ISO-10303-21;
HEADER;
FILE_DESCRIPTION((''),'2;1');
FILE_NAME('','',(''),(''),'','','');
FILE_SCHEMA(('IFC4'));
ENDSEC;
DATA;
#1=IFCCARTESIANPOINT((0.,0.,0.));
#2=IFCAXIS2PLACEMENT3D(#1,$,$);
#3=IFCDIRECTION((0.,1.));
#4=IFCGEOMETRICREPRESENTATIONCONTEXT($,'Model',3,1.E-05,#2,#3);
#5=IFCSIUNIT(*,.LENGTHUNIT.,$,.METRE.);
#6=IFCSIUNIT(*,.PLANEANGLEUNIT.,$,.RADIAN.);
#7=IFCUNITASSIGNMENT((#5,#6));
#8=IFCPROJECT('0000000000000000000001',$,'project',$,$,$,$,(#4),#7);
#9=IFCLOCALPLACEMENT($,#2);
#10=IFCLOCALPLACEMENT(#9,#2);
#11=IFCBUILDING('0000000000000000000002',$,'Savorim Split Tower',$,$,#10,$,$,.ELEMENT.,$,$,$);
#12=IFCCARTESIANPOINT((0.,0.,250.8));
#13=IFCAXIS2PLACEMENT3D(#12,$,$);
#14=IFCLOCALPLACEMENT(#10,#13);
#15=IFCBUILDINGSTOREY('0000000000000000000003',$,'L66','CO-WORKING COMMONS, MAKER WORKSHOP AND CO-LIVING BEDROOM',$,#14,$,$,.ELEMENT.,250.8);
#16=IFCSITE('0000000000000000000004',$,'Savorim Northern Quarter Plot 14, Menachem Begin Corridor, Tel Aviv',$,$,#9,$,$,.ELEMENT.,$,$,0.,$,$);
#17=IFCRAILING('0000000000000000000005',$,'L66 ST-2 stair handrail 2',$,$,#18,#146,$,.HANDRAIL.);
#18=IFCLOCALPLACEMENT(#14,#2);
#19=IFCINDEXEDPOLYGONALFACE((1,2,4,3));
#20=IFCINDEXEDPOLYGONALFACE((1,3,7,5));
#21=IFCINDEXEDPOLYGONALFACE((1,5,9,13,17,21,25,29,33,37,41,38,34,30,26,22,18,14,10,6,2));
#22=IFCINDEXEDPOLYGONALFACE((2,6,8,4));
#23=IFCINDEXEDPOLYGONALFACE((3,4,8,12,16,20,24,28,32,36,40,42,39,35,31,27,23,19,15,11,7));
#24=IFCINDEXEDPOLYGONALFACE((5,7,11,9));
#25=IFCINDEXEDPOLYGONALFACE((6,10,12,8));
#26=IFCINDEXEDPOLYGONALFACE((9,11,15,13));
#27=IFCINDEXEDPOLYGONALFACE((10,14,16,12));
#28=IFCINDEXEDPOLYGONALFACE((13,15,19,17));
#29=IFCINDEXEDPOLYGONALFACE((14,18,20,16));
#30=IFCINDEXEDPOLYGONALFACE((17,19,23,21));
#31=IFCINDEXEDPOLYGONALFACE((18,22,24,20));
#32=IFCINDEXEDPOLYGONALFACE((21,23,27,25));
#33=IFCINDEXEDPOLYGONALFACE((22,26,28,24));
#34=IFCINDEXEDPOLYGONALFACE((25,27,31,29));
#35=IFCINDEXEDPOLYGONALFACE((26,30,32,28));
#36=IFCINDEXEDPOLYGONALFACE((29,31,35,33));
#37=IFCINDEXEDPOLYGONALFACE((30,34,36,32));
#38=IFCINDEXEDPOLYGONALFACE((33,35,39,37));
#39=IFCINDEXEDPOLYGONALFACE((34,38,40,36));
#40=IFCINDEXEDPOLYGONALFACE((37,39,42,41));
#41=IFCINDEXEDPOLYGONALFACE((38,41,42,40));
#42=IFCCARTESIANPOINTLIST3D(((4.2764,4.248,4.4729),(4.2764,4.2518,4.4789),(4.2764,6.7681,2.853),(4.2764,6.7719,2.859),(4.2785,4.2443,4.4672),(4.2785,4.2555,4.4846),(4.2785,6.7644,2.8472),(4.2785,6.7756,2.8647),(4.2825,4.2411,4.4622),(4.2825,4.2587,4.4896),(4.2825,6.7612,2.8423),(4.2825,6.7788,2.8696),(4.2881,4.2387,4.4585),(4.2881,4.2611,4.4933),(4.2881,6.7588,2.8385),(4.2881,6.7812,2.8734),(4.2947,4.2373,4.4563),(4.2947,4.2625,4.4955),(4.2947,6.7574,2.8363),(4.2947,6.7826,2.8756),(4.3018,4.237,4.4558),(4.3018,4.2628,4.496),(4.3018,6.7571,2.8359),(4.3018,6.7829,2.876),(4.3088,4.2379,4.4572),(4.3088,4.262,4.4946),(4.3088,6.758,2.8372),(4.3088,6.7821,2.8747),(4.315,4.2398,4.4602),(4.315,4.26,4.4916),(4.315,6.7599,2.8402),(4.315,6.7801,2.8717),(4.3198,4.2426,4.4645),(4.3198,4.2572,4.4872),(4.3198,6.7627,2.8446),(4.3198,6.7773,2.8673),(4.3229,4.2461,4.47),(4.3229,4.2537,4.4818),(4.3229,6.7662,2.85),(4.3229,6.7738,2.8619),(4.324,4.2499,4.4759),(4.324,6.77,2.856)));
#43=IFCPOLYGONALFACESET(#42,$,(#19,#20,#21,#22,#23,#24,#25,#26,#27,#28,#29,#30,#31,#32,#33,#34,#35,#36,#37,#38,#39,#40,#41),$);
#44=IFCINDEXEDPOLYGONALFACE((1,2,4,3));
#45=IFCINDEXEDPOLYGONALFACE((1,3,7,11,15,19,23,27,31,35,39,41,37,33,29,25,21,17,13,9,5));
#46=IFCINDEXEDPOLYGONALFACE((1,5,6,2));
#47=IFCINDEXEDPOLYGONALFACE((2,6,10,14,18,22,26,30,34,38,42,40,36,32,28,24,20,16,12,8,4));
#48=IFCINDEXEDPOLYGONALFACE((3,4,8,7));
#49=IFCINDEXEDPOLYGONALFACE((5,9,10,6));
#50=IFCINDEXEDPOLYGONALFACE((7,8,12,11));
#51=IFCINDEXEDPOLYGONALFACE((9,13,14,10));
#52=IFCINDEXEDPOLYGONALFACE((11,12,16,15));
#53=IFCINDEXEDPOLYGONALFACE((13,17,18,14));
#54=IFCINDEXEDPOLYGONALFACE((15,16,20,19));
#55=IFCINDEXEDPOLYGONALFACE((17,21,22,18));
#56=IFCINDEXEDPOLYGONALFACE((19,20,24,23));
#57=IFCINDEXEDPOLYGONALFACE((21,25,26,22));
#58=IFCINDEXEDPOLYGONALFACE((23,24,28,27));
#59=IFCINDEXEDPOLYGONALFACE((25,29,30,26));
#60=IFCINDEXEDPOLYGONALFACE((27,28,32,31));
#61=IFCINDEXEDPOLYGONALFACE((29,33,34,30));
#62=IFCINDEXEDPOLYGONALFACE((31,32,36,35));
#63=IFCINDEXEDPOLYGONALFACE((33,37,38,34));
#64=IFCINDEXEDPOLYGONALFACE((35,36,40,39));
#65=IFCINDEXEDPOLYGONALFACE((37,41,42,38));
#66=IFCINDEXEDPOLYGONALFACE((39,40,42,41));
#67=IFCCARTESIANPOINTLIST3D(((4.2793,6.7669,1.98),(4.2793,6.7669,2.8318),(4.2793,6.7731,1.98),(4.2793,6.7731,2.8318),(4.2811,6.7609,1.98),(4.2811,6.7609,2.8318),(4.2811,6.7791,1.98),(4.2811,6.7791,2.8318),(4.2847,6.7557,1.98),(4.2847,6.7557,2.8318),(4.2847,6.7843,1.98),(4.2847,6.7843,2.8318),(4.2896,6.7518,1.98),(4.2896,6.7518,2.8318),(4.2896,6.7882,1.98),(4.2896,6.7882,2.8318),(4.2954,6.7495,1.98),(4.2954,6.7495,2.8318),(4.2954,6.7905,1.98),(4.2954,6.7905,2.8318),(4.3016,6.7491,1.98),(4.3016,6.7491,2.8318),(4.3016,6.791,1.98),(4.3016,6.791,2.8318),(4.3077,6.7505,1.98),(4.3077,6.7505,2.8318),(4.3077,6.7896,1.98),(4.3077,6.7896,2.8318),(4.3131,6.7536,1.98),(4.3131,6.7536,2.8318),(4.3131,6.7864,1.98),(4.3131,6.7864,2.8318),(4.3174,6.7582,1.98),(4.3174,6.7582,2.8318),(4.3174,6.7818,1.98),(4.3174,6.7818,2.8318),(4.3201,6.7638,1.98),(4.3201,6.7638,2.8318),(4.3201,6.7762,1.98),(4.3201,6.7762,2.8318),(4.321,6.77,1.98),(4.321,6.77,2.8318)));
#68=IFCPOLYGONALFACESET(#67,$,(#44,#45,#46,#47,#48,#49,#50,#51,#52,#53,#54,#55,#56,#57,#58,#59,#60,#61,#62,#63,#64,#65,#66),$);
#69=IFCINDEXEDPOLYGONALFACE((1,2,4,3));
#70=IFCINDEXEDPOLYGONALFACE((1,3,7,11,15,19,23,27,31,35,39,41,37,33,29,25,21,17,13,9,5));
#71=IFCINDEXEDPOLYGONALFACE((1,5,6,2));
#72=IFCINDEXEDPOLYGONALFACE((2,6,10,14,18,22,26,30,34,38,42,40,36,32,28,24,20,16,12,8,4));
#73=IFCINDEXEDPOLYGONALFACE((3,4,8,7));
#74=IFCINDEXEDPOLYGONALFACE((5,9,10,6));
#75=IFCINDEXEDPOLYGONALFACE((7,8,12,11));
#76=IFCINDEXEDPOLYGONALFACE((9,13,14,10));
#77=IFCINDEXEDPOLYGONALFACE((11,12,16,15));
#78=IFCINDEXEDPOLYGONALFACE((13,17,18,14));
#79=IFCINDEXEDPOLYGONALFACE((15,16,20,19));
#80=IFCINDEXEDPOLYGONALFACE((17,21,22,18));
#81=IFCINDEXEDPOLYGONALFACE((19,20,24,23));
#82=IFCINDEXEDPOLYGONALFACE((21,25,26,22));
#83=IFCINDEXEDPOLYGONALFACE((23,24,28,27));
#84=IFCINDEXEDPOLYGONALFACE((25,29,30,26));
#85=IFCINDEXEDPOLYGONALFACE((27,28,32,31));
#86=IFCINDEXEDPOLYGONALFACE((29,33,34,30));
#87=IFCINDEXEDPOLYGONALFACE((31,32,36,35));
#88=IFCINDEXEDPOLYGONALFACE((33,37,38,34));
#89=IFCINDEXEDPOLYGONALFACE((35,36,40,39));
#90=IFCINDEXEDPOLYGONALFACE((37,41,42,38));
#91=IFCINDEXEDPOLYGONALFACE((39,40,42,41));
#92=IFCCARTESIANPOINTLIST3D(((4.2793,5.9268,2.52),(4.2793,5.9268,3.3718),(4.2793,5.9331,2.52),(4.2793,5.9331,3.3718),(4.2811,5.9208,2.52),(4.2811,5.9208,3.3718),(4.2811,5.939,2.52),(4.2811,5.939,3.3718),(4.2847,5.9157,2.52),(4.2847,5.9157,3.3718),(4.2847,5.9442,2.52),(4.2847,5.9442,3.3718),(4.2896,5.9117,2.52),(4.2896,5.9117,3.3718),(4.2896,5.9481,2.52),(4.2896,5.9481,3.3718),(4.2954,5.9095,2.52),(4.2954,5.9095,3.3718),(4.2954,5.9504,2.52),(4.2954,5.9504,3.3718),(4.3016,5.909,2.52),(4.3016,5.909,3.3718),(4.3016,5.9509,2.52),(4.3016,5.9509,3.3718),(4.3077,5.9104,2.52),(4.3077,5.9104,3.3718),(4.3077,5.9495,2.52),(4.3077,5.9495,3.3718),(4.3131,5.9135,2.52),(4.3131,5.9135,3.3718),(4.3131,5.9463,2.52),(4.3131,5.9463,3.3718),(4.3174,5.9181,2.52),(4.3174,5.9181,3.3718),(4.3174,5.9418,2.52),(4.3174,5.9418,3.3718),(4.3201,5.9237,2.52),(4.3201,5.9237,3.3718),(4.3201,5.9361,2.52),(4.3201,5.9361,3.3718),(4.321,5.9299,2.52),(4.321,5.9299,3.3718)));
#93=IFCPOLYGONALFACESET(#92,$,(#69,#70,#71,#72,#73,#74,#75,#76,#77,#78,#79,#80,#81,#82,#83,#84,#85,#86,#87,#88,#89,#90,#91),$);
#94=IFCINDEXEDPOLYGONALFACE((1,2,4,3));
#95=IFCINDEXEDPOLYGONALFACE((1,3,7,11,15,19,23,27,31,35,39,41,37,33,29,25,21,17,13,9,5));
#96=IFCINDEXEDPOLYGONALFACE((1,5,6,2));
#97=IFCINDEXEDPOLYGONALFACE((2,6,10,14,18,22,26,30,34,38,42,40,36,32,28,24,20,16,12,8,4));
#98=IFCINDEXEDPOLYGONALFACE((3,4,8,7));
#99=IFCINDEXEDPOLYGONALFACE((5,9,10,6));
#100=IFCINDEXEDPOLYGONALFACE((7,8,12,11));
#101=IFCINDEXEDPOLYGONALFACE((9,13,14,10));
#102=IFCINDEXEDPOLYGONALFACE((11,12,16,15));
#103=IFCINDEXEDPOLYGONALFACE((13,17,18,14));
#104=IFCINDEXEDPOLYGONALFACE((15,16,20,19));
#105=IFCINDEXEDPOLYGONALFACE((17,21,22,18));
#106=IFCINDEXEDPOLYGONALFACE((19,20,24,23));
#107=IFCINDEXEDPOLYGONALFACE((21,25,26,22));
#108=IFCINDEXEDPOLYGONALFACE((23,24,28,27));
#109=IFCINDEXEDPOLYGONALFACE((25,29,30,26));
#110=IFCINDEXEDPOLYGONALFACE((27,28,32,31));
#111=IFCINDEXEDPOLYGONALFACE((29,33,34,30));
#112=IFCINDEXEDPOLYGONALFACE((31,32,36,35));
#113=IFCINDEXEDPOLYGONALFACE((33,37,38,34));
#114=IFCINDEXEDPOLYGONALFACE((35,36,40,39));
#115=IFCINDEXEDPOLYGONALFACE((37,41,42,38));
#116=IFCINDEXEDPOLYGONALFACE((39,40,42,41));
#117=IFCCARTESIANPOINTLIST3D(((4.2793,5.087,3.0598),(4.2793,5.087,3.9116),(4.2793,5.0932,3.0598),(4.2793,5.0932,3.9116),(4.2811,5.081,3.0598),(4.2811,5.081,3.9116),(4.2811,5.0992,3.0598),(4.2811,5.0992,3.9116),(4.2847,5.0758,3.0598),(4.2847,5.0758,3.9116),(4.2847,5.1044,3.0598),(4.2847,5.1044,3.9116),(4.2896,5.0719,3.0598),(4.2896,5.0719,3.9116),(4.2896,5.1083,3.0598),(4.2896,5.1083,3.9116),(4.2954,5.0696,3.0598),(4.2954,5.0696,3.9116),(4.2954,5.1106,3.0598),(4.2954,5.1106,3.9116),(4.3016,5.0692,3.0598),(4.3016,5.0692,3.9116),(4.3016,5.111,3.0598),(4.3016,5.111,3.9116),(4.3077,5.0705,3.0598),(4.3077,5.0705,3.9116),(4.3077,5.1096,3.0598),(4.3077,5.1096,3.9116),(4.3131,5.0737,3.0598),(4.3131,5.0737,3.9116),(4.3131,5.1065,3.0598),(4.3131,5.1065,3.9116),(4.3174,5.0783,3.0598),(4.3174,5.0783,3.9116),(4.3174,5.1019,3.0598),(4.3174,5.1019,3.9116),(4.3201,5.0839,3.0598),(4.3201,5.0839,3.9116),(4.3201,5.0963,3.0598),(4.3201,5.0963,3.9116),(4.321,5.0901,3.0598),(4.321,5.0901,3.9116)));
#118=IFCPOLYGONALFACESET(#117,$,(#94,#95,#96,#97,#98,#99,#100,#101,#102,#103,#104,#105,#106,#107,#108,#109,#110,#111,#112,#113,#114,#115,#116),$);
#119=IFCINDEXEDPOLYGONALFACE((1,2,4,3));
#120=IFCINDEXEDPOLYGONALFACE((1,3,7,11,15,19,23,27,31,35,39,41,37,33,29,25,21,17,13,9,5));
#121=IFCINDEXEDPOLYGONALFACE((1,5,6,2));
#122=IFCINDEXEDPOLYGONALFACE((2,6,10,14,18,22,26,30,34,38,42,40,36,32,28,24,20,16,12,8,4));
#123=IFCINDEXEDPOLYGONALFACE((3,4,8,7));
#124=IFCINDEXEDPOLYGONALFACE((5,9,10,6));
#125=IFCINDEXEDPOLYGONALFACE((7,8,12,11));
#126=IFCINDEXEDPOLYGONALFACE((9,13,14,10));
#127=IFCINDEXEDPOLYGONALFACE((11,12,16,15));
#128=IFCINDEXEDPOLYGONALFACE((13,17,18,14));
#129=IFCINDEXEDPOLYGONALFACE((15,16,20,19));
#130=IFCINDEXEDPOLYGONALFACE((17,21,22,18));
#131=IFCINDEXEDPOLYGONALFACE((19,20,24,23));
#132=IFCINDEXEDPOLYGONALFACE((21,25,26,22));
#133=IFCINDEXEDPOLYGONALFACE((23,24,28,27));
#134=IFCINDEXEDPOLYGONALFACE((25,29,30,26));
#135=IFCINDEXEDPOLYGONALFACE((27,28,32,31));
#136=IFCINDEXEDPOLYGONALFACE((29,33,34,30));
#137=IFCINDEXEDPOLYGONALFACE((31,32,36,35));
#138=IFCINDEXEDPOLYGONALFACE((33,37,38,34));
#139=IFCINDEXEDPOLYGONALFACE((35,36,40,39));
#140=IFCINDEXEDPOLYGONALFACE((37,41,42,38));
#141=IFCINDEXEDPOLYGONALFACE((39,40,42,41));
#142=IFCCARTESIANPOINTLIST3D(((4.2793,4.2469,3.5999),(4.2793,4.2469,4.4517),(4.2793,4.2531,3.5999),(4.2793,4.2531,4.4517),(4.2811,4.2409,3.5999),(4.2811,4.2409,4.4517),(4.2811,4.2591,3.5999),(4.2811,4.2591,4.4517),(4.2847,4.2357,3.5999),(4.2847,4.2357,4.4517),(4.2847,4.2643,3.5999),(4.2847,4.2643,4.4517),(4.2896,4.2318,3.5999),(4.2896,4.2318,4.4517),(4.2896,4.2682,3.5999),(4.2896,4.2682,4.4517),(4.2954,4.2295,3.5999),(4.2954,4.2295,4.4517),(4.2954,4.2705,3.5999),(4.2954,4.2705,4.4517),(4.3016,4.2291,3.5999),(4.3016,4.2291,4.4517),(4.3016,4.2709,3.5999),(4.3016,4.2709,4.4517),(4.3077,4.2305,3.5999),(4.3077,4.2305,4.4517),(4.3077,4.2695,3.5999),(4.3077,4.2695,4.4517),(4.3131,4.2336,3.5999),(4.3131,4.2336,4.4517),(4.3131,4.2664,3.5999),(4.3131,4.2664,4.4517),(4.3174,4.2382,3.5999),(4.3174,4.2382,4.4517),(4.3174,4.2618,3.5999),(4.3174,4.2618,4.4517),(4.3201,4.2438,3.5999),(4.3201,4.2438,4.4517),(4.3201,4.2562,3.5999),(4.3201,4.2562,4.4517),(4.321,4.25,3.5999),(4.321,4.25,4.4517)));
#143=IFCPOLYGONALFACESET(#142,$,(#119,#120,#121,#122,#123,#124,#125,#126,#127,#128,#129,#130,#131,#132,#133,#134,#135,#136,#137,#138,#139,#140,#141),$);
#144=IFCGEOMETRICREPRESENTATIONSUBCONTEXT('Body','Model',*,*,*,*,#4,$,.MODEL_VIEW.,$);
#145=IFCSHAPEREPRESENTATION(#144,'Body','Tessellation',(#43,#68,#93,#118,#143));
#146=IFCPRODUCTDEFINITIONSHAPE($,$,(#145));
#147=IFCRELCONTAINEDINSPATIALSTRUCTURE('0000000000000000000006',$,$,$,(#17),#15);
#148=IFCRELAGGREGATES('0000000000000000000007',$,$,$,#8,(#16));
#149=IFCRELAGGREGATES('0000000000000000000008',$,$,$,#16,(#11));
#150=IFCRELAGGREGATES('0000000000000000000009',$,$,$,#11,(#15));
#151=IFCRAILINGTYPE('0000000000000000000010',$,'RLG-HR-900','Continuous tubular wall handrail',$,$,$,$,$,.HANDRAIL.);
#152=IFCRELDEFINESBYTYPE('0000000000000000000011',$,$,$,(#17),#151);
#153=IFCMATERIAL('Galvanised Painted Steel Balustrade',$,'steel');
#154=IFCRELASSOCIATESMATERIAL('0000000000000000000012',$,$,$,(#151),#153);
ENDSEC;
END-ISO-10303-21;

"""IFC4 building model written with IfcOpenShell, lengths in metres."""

from ifc_helpers import new_model, si_unit, direction, frame, origin, origin_2d, place, context, subcontext, project, spatial, circle, extrude, material, type_object, element, save


model = new_model("IFC4")

# Units and contexts
model_context = context("Model", 3, precision=1e-05, world=origin(), true_north=direction((0.0, 1.0)))
body_context = subcontext(model_context, "Body", "Model", "MODEL_VIEW")
ifc_project = project(units=[si_unit("LENGTHUNIT", "METRE"), si_unit("PLANEANGLEUNIT", "RADIAN")], contexts=[model_context])

# Site, building, storey
site_placement = place(None, origin())
site = spatial("IfcSite", under=ifc_project, at=site_placement, Name="Savorim Northern Quarter Plot 14, Menachem Begin Corridor, Tel Aviv", CompositionType="ELEMENT", RefElevation=0.0)
building_placement = place(site_placement, origin())
building = spatial("IfcBuilding", under=site, at=building_placement, Name="Savorim Split Tower", CompositionType="ELEMENT")
storey_placement = place(building_placement, frame((0.0, 0.0, 250.8)))
storey = spatial("IfcBuildingStorey", under=building, at=storey_placement, Name="L66", Description="CO-WORKING COMMONS, MAKER WORKSHOP AND CO-LIVING BEDROOM", CompositionType="ELEMENT", Elevation=250.8)

# Railing
ifc_material_1 = material(Name="Galvanised Painted Steel Balustrade", Category="steel")
railing_type_1 = type_object("IfcRailingType", Name="RLG-HR-900", Description="Continuous tubular wall handrail", PredefinedType="HANDRAIL", material=ifc_material_1)
railing_1_placement = place(storey_placement, frame((4.3, 6.77, 1.98)))
element("IfcRailing", 1, at=railing_1_placement, inside=storey, type_object=railing_type_1, Name="L66 ST-2 stair handrail 2", PredefinedType="HANDRAIL", context=body_context, shape_type="SweptSolid", body=[
    extrude(circle(Radius=0.0239, at=origin_2d()), frame((0.0, 0.0, 0.876), z_axis=(0.0, -0.8412, 0.540725), x_axis=(1.0, 0.0, 0.0)), (0.0, 0.0, 1.0), 2.9958),
    extrude(circle(Radius=0.021, at=origin_2d()), origin(), (0.0, 0.0, 1.0), 0.8518),
    extrude(circle(Radius=0.021, at=origin_2d()), frame((0.0, -0.8401, 0.54)), (0.0, 0.0, 1.0), 0.8518),
    extrude(circle(Radius=0.021, at=origin_2d()), frame((0.0, -1.6799, 1.0798)), (0.0, 0.0, 1.0), 0.8518),
    extrude(circle(Radius=0.021, at=origin_2d()), frame((0.0, -2.52, 1.6199)), (0.0, 0.0, 1.0), 0.8518),
])

save(model, "model.ifc")
